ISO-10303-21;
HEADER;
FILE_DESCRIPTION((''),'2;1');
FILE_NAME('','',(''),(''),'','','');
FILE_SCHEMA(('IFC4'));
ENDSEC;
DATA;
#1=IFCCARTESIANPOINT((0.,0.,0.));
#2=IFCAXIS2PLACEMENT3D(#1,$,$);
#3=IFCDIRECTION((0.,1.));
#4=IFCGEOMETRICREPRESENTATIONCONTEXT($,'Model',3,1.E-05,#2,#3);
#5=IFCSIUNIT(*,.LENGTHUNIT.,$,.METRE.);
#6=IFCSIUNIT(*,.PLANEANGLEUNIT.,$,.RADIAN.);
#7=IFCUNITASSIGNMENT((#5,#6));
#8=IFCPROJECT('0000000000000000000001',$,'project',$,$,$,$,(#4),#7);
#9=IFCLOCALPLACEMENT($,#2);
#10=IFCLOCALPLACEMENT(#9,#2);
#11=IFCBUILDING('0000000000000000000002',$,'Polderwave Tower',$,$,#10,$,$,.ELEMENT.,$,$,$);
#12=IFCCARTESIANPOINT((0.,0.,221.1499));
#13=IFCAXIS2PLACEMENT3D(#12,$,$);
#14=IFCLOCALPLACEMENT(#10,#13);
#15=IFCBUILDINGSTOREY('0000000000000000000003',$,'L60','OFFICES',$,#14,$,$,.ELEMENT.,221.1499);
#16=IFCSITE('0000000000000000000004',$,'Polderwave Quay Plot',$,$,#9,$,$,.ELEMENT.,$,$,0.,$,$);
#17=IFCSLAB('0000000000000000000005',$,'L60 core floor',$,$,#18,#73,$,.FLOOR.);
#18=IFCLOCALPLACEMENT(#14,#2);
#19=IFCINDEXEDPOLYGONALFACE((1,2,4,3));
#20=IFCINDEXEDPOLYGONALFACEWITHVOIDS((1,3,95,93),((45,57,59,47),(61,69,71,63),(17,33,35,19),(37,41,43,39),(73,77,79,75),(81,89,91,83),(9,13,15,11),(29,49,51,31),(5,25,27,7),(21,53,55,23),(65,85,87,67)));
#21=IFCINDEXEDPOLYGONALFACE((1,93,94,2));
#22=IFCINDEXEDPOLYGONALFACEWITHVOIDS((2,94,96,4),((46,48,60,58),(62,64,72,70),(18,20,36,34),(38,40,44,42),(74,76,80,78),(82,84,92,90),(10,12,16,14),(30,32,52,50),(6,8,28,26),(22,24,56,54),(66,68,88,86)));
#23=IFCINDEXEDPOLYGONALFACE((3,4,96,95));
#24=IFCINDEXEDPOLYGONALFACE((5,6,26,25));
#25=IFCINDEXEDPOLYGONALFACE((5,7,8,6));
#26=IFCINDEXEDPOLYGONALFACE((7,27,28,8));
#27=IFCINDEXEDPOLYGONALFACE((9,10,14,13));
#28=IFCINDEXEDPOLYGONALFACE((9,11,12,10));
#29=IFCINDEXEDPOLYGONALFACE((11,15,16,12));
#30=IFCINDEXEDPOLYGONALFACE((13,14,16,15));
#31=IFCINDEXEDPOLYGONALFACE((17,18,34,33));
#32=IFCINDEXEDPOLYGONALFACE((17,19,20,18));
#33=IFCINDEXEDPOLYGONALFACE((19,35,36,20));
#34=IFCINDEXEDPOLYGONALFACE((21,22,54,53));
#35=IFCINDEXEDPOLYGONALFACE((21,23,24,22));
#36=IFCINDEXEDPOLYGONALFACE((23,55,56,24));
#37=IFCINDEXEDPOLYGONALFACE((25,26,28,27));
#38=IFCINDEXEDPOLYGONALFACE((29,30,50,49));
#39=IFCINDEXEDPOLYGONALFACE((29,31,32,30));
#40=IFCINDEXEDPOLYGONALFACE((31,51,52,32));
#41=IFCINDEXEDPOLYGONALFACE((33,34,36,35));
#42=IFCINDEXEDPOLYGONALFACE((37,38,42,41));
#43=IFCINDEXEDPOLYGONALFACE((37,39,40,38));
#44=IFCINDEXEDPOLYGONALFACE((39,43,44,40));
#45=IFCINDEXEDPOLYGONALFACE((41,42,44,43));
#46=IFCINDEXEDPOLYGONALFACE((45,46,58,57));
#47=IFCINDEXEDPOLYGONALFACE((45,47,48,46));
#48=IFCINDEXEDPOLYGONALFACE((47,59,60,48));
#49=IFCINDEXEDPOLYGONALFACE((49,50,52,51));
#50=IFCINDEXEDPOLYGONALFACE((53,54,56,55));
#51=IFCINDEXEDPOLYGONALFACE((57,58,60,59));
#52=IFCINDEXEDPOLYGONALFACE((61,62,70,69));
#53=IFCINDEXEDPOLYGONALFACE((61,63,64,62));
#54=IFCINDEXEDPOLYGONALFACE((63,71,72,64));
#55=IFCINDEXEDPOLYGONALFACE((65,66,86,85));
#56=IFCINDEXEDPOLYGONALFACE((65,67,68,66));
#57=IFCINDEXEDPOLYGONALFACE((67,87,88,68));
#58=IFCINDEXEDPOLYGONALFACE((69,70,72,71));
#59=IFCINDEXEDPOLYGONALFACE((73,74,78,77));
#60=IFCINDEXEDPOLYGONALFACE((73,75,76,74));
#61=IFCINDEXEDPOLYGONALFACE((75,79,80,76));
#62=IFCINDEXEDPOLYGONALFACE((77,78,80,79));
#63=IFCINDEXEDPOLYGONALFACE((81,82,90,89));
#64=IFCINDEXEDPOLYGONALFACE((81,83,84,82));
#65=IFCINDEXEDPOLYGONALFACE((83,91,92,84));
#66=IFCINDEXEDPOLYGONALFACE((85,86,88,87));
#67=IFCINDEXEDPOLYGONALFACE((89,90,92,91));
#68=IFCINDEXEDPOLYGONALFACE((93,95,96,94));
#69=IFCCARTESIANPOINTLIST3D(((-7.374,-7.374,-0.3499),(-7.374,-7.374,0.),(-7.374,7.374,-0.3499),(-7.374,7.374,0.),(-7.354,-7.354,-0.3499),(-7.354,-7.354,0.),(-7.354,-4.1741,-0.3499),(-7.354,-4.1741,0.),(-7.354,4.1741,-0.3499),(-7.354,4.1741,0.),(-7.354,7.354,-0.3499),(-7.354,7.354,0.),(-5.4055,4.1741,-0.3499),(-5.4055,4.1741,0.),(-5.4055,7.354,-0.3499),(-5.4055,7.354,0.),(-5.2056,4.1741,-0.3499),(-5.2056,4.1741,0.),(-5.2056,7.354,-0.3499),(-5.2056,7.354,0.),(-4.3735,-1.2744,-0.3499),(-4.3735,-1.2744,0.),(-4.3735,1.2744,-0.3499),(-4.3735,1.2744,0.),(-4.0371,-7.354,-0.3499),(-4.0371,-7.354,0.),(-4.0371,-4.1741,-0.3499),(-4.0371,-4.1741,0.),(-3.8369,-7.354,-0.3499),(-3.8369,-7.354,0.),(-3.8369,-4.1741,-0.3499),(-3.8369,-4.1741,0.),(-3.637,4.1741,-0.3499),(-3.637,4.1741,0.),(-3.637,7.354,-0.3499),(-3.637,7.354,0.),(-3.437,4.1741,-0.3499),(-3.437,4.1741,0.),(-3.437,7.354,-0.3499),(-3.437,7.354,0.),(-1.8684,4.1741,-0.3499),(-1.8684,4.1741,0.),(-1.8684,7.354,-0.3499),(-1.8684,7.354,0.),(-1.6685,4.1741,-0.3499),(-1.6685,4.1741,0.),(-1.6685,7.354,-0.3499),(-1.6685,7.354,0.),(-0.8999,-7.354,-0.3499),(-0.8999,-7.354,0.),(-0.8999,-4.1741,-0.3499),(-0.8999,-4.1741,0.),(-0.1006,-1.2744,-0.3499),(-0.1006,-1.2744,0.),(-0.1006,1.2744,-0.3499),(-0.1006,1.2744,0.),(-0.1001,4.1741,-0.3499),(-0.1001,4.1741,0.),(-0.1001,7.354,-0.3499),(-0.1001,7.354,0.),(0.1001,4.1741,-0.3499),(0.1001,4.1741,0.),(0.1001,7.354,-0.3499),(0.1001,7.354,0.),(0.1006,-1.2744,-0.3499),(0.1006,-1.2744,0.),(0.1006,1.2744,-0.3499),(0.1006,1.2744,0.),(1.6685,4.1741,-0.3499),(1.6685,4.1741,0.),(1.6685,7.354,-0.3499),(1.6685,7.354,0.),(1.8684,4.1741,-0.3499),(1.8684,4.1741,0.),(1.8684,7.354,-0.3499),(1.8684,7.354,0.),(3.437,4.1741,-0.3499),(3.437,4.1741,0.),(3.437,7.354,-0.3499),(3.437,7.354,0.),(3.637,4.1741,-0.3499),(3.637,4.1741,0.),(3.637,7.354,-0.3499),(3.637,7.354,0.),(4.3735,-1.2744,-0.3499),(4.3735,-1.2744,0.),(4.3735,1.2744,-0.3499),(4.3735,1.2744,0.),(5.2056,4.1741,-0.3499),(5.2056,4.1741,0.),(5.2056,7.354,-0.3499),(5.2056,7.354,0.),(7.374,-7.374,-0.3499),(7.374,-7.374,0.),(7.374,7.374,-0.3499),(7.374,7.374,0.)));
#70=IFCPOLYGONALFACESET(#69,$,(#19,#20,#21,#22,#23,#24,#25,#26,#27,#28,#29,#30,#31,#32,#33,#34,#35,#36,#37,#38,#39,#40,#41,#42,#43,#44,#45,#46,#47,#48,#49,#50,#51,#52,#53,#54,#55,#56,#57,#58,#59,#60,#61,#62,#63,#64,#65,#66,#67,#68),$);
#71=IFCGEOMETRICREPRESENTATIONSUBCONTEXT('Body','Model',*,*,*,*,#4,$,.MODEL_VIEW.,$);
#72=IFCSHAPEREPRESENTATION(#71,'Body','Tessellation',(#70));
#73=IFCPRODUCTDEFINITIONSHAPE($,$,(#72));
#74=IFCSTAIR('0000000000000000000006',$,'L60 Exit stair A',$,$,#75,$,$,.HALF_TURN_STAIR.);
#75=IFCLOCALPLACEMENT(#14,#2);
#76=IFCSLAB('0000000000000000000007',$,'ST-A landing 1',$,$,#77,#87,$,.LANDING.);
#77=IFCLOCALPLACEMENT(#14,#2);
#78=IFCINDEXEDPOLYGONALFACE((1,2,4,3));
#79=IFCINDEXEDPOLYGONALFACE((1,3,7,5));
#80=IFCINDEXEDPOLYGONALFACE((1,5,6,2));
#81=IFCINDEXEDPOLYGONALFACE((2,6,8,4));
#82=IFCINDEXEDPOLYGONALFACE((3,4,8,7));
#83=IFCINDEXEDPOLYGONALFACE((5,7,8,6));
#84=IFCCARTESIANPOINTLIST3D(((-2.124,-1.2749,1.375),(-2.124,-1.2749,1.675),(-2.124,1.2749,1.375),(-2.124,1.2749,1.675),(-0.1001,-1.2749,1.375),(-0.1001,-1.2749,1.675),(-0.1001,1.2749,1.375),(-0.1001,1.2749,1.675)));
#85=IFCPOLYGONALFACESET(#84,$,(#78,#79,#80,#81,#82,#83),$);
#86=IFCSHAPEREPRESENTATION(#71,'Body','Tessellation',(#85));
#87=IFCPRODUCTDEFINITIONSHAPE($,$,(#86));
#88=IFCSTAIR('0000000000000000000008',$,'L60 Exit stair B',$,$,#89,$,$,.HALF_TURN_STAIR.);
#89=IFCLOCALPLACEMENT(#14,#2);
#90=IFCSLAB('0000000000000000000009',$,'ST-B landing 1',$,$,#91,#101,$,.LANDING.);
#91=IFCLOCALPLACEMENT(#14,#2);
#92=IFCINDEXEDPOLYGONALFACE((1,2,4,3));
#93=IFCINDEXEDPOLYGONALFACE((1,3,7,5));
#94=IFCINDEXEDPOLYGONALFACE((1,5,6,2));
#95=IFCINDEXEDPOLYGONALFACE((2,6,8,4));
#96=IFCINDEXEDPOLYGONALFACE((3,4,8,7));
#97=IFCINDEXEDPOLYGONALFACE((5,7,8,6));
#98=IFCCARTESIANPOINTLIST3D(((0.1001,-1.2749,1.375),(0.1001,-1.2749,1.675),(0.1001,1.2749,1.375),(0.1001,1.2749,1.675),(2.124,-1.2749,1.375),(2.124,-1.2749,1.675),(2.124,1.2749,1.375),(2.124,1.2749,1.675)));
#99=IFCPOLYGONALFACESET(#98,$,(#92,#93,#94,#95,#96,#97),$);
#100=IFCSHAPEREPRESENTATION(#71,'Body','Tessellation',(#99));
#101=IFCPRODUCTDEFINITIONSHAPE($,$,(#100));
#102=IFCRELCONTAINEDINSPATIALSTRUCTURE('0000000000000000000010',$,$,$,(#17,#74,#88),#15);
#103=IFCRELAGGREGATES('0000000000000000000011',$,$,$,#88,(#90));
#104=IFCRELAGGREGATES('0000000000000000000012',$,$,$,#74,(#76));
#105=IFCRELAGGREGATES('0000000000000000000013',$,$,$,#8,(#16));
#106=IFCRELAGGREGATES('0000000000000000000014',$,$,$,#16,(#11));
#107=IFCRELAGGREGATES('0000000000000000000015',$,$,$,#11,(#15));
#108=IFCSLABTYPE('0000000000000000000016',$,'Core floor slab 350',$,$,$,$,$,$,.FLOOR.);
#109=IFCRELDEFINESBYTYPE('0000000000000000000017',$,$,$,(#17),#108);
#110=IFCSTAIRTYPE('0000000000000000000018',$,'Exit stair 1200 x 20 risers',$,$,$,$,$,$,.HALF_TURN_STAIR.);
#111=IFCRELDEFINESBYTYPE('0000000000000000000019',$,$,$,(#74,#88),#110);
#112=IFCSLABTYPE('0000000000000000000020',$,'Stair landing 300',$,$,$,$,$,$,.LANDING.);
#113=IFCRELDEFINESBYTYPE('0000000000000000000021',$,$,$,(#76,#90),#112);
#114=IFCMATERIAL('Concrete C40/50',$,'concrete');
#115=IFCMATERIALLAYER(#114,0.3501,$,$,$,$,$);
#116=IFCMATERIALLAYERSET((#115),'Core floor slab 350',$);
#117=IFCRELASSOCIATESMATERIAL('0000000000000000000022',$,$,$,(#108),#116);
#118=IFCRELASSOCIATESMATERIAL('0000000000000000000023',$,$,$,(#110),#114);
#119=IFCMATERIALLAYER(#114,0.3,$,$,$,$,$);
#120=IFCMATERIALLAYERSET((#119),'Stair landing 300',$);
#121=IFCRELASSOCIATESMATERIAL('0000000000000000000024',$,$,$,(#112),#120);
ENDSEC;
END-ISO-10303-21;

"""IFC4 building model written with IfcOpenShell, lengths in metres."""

from ifc_helpers import new_model, si_unit, direction, frame, origin, place, context, subcontext, project, spatial, polyline, outline, extrude, material, layer, layer_set, type_object, element, aggregate, save


model = new_model("IFC4")

# Units and contexts
model_context = context("Model", 3, precision=1e-05, world=origin(), true_north=direction((0.0, 1.0)))
body_context = subcontext(model_context, "Body", "Model", "MODEL_VIEW")
ifc_project = project(units=[si_unit("LENGTHUNIT", "METRE"), si_unit("PLANEANGLEUNIT", "RADIAN")], contexts=[model_context])

# Site, building, storey
site_placement = place(None, origin())
site = spatial("IfcSite", under=ifc_project, at=site_placement, Name="Polderwave Quay Plot", CompositionType="ELEMENT", RefElevation=0.0)
building_placement = place(site_placement, origin())
building = spatial("IfcBuilding", under=site, at=building_placement, Name="Polderwave Tower", CompositionType="ELEMENT")
storey_placement = place(building_placement, frame((0.0, 0.0, 221.1499)))
storey = spatial("IfcBuildingStorey", under=building, at=storey_placement, Name="L60", Description="OFFICES", CompositionType="ELEMENT", Elevation=221.1499)

# Slab
ifc_material_1 = material(Name="Concrete C40/50", Category="concrete")
ifc_layer_1 = layer(ifc_material_1, 0.3501)
ifc_layer_set_1 = layer_set([ifc_layer_1], Name="Core floor slab 350")
slab_type_1 = type_object("IfcSlabType", Name="Core floor slab 350", PredefinedType="FLOOR", material=ifc_layer_set_1)
slab_1_placement = place(storey_placement, frame((0.0, 0.0, -0.3499)))
element("IfcSlab", 1, at=slab_1_placement, inside=storey, type_object=slab_type_1, Name="L60 core floor", PredefinedType="FLOOR", context=body_context, shape_type="SweptSolid", body=[
    extrude(outline(polyline([(-7.374, -7.374), (7.374, -7.374), (7.374, 7.374), (-7.374, 7.374), (-7.374, -7.374)]), holes=[polyline([(-7.354, -7.354), (-4.0371, -7.354), (-4.0371, -4.1741), (-7.354, -4.1741), (-7.354, -7.354)]), polyline([(-3.8369, -7.354), (-0.8999, -7.354), (-0.8999, -4.1741), (-3.8369, -4.1741), (-3.8369, -7.354)]), polyline([(-7.354, 4.1741), (-5.4055, 4.1741), (-5.4055, 7.354), (-7.354, 7.354), (-7.354, 4.1741)]), polyline([(-5.2056, 4.1741), (-3.637, 4.1741), (-3.637, 7.354), (-5.2056, 7.354), (-5.2056, 4.1741)]), polyline([(-3.437, 4.1741), (-1.8684, 4.1741), (-1.8684, 7.354), (-3.437, 7.354), (-3.437, 4.1741)]), polyline([(-1.6685, 4.1741), (-0.1001, 4.1741), (-0.1001, 7.354), (-1.6685, 7.354), (-1.6685, 4.1741)]), polyline([(0.1001, 4.1741), (1.6685, 4.1741), (1.6685, 7.354), (0.1001, 7.354), (0.1001, 4.1741)]), polyline([(1.8684, 4.1741), (3.437, 4.1741), (3.437, 7.354), (1.8684, 7.354), (1.8684, 4.1741)]), polyline([(3.637, 4.1741), (5.2056, 4.1741), (5.2056, 7.354), (3.637, 7.354), (3.637, 4.1741)]), polyline([(-4.3735, -1.2744), (-0.1006, -1.2744), (-0.1006, 1.2744), (-4.3735, 1.2744), (-4.3735, -1.2744)]), polyline([(0.1006, -1.2744), (4.3735, -1.2744), (4.3735, 1.2744), (0.1006, 1.2744), (0.1006, -1.2744)])]), origin(), (0.0, 0.0, 1.0), 0.3499),
])

# Stairs, slabs
stair_type = type_object("IfcStairType", Name="Exit stair 1200 x 20 risers", PredefinedType="HALF_TURN_STAIR", material=ifc_material_1)
stair_1_placement = place(storey_placement, origin())
stair_1 = element("IfcStair", 2, at=stair_1_placement, inside=storey, type_object=stair_type, Name="L60 Exit stair A", PredefinedType="HALF_TURN_STAIR")
ifc_layer_2 = layer(ifc_material_1, 0.3)
ifc_layer_set_2 = layer_set([ifc_layer_2], Name="Stair landing 300")
slab_type_2 = type_object("IfcSlabType", Name="Stair landing 300", PredefinedType="LANDING", material=ifc_layer_set_2)
slab_2_placement = place(storey_placement, frame((0.0, 0.0, 1.375)))
slab_2 = element("IfcSlab", 3, at=slab_2_placement, type_object=slab_type_2, Name="ST-A landing 1", PredefinedType="LANDING", context=body_context, shape_type="SweptSolid", body=[
    extrude(outline(polyline([(-2.124, -1.2749), (-0.1001, -1.2749), (-0.1001, 1.2749), (-2.124, 1.2749), (-2.124, -1.2749)])), origin(), (0.0, 0.0, 1.0), 0.3),
])
stair_2_placement = place(storey_placement, origin())
stair_2 = element("IfcStair", 4, at=stair_2_placement, inside=storey, type_object=stair_type, Name="L60 Exit stair B", PredefinedType="HALF_TURN_STAIR")
slab_3_placement = place(storey_placement, frame((0.0, 0.0, 1.375)))
slab_3 = element("IfcSlab", 5, at=slab_3_placement, type_object=slab_type_2, Name="ST-B landing 1", PredefinedType="LANDING", context=body_context, shape_type="SweptSolid", body=[
    extrude(outline(polyline([(2.124, 1.2749), (0.1001, 1.2749), (0.1001, -1.2749), (2.124, -1.2749), (2.124, 1.2749)])), origin(), (0.0, 0.0, 1.0), 0.3),
])
aggregate(stair_2, [slab_3])

aggregate(stair_1, [slab_2])

save(model, "model.ifc")
